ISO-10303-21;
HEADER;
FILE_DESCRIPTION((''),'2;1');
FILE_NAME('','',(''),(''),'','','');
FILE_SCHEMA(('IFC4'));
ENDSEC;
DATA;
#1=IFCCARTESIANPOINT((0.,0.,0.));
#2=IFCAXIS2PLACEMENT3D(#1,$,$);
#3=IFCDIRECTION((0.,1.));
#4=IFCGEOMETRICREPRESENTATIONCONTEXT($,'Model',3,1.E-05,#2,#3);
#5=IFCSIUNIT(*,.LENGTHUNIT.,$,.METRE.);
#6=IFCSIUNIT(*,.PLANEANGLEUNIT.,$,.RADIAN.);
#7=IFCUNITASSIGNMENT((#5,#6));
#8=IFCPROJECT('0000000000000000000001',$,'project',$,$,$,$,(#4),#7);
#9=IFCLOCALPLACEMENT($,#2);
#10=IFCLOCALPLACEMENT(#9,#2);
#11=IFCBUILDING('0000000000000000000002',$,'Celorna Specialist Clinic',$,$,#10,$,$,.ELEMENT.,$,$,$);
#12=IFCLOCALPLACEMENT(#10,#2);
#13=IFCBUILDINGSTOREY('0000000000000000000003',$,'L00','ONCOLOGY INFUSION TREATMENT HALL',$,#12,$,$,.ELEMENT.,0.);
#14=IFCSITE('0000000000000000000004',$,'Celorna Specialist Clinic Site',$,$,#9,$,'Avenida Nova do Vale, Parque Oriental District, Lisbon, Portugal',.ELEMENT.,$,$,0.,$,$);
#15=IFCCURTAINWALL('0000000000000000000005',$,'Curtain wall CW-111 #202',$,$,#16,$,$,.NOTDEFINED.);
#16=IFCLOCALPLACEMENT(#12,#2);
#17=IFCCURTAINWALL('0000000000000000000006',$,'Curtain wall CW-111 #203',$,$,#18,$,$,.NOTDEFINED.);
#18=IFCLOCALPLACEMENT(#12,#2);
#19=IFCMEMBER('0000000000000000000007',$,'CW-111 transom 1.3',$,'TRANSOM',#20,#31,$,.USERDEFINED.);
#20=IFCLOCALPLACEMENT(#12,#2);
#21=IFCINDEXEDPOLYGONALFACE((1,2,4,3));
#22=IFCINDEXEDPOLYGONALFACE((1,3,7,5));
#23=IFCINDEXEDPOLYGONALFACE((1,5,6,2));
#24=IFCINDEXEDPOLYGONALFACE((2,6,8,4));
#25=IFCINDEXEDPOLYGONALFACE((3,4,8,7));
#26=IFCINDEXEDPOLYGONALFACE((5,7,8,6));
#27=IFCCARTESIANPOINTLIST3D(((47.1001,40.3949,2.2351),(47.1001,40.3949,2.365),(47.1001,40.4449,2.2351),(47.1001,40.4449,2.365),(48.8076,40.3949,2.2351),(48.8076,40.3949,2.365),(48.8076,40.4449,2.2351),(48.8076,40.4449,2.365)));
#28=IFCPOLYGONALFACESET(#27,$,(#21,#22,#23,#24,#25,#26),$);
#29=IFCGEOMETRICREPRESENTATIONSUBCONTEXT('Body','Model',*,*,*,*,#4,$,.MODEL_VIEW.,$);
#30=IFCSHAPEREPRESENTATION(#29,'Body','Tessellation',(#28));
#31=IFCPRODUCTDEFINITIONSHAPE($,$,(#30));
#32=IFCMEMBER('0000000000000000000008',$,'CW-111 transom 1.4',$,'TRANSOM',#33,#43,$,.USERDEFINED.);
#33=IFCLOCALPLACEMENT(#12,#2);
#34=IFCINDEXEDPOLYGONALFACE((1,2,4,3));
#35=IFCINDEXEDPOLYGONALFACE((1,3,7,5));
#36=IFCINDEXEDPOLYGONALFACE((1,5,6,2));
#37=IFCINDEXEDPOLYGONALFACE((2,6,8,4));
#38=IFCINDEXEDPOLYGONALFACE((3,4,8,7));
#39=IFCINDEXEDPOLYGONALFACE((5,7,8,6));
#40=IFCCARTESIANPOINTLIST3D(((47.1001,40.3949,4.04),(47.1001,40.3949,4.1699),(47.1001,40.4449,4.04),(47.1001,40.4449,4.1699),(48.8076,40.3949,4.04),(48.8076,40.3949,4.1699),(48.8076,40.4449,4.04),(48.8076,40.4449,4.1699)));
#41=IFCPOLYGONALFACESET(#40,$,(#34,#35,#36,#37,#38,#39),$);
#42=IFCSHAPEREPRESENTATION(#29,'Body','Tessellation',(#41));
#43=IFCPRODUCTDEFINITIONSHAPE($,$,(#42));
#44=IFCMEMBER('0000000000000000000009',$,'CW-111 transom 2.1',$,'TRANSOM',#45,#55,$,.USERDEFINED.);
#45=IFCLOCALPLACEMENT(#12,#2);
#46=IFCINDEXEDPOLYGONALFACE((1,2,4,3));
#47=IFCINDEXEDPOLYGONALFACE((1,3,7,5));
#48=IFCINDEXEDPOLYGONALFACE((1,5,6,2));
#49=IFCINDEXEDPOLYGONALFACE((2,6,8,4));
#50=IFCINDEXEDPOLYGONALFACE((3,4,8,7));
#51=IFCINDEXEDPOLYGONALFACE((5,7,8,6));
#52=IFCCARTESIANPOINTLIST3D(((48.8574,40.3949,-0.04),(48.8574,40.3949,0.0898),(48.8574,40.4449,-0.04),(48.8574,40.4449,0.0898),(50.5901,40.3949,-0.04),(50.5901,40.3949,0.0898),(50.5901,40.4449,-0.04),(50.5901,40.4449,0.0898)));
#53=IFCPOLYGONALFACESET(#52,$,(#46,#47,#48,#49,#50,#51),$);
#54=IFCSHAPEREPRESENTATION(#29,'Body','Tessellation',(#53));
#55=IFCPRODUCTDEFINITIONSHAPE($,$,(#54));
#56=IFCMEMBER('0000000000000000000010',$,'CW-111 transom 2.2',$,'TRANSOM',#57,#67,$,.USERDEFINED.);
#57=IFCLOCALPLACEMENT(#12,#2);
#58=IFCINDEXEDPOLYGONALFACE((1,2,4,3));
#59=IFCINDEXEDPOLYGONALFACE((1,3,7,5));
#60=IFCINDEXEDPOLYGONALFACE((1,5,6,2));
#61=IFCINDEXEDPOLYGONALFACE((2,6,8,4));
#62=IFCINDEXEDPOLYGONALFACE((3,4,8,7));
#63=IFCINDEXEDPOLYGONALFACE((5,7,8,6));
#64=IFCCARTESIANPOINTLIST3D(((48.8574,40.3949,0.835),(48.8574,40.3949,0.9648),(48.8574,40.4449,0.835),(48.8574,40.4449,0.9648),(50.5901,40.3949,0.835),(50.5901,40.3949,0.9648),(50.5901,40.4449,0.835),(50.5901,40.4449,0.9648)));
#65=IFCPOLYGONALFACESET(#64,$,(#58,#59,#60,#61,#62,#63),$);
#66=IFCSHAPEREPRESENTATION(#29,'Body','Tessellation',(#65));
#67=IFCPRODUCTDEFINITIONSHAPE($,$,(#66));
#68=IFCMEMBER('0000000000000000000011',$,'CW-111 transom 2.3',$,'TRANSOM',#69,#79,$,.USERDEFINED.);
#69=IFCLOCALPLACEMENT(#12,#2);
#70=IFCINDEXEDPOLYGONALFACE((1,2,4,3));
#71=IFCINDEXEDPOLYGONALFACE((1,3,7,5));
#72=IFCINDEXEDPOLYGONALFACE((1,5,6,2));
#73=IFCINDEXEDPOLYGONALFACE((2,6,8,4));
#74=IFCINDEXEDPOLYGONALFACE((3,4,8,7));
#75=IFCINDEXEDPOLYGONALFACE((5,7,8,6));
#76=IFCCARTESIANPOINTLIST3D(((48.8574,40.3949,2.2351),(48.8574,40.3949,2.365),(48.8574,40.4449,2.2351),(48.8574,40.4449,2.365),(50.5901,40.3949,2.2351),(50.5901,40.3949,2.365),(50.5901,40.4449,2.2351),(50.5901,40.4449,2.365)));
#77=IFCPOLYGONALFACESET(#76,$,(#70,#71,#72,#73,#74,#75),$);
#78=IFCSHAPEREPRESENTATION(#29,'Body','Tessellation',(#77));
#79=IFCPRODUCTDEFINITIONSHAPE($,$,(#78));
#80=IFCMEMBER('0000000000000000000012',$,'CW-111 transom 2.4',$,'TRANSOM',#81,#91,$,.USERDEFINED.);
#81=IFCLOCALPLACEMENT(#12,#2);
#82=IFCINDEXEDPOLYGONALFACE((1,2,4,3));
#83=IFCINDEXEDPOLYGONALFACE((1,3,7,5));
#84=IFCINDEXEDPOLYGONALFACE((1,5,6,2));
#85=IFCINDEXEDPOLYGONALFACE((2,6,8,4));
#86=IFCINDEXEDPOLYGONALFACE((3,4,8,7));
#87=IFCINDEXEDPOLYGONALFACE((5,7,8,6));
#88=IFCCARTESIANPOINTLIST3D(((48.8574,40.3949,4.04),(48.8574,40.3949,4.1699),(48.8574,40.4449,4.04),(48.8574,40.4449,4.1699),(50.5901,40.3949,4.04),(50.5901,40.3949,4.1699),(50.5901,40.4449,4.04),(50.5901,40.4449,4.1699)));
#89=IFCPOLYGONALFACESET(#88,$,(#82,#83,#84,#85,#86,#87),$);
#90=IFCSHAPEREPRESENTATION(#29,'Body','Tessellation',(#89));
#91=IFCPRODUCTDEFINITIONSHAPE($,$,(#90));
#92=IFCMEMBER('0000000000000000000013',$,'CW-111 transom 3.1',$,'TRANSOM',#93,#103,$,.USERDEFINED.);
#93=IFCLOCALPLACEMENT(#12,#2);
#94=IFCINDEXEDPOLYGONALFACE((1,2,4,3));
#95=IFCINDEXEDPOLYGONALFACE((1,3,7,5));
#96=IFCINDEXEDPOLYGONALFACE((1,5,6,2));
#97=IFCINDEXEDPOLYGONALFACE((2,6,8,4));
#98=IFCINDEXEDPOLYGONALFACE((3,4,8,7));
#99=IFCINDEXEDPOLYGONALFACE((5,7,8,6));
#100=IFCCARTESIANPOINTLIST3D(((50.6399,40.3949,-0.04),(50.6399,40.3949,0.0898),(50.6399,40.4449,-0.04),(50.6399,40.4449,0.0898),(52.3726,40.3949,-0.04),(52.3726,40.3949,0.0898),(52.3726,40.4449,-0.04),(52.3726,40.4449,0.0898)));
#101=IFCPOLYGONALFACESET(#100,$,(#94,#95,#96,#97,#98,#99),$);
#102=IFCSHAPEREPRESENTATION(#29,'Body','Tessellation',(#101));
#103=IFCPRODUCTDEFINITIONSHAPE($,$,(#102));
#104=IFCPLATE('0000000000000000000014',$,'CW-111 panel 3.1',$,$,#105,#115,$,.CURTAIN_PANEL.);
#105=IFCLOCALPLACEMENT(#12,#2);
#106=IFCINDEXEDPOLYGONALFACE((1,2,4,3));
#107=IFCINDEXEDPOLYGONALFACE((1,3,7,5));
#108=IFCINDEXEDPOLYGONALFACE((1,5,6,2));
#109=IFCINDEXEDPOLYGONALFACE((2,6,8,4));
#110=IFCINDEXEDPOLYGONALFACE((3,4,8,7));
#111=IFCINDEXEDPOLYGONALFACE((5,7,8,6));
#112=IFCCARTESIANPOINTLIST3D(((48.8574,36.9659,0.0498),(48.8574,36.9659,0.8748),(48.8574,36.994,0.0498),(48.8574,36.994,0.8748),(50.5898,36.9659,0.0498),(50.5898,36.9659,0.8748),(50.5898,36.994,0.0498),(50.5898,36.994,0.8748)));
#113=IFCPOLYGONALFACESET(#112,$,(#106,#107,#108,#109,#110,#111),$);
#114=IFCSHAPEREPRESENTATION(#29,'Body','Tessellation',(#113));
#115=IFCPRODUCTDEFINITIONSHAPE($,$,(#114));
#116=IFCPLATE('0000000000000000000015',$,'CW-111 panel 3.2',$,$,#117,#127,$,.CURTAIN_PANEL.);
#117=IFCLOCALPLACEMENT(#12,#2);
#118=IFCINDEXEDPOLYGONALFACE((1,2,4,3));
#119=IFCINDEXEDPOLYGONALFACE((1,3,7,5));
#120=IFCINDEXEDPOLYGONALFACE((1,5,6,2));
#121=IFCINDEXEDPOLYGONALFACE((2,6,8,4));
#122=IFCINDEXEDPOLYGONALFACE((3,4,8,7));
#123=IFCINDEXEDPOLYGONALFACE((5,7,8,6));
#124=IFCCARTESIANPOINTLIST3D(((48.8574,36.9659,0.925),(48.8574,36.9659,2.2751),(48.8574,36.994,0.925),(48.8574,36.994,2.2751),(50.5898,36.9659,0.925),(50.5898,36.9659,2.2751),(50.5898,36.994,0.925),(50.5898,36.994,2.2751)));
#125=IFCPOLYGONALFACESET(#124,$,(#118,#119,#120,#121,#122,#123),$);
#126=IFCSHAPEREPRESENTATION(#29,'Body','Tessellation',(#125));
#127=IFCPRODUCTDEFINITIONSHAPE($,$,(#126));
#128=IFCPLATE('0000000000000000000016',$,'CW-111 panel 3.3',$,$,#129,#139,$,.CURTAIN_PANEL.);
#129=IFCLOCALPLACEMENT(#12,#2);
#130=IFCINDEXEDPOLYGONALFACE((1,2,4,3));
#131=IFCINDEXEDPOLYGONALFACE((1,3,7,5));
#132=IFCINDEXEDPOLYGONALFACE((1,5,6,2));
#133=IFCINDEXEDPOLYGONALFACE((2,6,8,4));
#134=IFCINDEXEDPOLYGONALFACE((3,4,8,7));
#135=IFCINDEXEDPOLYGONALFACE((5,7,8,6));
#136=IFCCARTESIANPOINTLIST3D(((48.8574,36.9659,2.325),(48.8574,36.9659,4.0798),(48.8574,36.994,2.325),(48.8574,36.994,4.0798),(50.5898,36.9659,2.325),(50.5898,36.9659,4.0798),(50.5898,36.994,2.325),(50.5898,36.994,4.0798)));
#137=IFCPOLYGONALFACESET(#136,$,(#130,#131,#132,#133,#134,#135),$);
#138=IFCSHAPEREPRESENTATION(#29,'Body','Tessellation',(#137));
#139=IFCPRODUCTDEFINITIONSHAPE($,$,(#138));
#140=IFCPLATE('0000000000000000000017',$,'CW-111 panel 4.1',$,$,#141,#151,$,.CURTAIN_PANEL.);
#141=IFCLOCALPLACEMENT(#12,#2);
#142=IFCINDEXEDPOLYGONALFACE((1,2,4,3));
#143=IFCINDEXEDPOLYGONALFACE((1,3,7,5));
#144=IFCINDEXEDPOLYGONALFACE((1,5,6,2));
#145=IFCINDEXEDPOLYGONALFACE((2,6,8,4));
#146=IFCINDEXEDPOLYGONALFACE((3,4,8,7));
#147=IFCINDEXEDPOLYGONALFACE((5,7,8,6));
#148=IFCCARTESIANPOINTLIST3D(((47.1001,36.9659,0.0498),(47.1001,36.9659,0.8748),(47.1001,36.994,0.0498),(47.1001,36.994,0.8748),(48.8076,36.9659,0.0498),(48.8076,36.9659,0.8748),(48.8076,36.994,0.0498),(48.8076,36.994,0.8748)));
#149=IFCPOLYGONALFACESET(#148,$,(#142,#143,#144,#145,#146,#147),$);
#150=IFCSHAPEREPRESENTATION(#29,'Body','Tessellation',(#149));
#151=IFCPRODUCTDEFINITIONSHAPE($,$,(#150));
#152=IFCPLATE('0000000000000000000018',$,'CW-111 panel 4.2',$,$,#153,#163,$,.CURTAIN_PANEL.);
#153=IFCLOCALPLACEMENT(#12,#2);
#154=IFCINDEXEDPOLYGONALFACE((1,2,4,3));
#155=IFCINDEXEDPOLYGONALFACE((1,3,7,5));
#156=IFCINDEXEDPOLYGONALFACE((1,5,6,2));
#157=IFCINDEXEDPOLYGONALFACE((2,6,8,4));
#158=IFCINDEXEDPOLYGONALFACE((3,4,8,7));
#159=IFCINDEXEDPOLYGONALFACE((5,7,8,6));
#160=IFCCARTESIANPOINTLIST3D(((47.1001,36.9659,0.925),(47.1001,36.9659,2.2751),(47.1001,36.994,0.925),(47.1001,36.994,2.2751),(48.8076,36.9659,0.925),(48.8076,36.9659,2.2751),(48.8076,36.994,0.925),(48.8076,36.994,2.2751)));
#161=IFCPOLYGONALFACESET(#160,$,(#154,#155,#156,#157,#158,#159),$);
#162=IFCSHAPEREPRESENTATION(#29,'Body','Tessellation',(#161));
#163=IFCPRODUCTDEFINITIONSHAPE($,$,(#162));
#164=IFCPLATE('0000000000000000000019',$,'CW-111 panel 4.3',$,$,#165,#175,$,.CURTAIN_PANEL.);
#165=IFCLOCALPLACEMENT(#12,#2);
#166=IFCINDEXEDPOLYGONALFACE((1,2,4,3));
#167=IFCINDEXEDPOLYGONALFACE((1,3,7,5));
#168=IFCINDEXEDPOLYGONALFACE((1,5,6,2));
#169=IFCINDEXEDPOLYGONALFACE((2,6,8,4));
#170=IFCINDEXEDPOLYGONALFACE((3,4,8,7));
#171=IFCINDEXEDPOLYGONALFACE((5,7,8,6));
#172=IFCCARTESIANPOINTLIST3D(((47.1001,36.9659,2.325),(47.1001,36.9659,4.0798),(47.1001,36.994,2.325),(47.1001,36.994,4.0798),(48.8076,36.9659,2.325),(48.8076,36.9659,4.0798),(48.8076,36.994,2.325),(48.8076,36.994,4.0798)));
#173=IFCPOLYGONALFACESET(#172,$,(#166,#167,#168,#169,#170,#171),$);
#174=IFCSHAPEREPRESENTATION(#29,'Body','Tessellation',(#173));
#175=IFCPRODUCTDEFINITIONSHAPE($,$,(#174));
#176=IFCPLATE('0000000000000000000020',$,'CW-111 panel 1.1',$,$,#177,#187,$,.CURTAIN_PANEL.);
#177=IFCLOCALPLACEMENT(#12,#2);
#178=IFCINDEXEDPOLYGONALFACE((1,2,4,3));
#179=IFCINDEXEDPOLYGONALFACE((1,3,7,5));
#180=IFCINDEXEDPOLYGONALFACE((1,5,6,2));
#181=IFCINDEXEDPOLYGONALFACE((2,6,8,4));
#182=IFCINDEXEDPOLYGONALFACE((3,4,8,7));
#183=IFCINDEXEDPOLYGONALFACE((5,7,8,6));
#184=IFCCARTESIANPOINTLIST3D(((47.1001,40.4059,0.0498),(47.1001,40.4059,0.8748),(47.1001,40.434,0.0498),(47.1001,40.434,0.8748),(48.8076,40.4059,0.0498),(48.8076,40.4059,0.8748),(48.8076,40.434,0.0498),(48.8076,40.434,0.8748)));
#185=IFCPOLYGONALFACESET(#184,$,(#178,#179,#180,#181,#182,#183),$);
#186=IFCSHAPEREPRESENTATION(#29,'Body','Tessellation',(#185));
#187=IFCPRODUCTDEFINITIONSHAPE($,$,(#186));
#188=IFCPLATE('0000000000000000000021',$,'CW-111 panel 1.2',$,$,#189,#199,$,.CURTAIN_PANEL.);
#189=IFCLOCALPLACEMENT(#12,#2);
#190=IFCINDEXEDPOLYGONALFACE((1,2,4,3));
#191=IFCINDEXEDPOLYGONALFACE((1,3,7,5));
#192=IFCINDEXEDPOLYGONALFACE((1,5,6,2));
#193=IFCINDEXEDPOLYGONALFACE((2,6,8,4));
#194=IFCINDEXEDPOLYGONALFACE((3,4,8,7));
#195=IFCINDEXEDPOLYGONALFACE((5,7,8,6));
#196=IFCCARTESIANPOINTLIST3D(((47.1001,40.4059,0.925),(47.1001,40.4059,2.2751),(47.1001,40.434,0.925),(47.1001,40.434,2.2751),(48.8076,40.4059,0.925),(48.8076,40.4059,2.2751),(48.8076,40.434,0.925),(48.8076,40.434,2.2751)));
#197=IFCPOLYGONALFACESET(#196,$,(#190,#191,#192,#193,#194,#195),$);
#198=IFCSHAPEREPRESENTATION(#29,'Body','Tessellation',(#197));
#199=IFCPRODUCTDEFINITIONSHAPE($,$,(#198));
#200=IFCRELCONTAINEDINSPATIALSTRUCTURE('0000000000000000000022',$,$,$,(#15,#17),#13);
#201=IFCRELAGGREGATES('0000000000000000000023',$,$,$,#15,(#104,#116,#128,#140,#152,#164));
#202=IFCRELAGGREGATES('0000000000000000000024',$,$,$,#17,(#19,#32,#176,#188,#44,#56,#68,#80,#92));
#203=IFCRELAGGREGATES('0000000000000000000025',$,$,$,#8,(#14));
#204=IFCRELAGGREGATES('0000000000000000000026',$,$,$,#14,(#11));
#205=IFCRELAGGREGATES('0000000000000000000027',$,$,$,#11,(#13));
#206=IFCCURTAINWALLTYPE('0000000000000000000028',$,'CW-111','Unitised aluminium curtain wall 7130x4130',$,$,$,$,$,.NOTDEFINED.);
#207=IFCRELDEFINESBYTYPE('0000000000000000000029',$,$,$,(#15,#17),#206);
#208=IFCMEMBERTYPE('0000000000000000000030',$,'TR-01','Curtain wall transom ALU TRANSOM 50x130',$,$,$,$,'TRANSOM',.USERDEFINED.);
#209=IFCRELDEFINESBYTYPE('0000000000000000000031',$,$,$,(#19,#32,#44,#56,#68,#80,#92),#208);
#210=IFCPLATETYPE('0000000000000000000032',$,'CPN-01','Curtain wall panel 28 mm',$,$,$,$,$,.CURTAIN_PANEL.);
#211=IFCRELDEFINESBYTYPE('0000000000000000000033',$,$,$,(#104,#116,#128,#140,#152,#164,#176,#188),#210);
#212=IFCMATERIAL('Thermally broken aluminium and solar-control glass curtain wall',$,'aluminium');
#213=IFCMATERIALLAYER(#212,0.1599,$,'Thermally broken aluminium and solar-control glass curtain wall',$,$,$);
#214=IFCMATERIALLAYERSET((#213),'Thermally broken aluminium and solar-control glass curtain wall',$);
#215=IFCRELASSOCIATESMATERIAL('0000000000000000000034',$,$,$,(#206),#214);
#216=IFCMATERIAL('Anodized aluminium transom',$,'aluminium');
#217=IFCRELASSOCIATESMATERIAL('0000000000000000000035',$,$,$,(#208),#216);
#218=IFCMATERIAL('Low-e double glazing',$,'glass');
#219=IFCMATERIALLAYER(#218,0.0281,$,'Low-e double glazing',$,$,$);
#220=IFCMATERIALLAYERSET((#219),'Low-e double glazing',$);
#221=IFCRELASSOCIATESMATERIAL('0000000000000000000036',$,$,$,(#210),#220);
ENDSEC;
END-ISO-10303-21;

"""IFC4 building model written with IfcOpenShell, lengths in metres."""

from ifc_helpers import new_model, si_unit, direction, frame, origin, origin_2d, place, context, subcontext, project, spatial, rectangle, extrude, material, layer, layer_set, material_profile, profile_set, type_object, element, aggregate, save


model = new_model("IFC4")

# Units and contexts
model_context = context("Model", 3, precision=1e-05, world=origin(), true_north=direction((0.0, 1.0)))
body_context = subcontext(model_context, "Body", "Model", "MODEL_VIEW")
ifc_project = project(units=[si_unit("LENGTHUNIT", "METRE"), si_unit("PLANEANGLEUNIT", "RADIAN")], contexts=[model_context])

# Site, building, storey
site_placement = place(None, origin())
site = spatial("IfcSite", under=ifc_project, at=site_placement, Name="Celorna Specialist Clinic Site", LongName="Avenida Nova do Vale, Parque Oriental District, Lisbon, Portugal", CompositionType="ELEMENT", RefElevation=0.0)
building_placement = place(site_placement, origin())
building = spatial("IfcBuilding", under=site, at=building_placement, Name="Celorna Specialist Clinic", CompositionType="ELEMENT")
storey_placement = place(building_placement, origin())
storey = spatial("IfcBuildingStorey", under=building, at=storey_placement, Name="L00", Description="ONCOLOGY INFUSION TREATMENT HALL", CompositionType="ELEMENT", Elevation=0.0)

# Curtain walls
ifc_material_1 = material(Name="Thermally broken aluminium and solar-control glass curtain wall", Category="aluminium")
ifc_layer_1 = layer(ifc_material_1, 0.1599, Name="Thermally broken aluminium and solar-control glass curtain wall")
ifc_layer_set_1 = layer_set([ifc_layer_1], Name="Thermally broken aluminium and solar-control glass curtain wall")
curtain_wall_type = type_object("IfcCurtainWallType", Name="CW-111", Description="Unitised aluminium curtain wall 7130x4130", PredefinedType="NOTDEFINED", material=ifc_layer_set_1)
curtain_wall_1_placement = place(storey_placement, origin())
curtain_wall_1 = element("IfcCurtainWall", 1, at=curtain_wall_1_placement, inside=storey, type_object=curtain_wall_type, Name="Curtain wall CW-111 #202", PredefinedType="NOTDEFINED")
curtain_wall_2_placement = place(storey_placement, origin())
curtain_wall_2 = element("IfcCurtainWall", 2, at=curtain_wall_2_placement, inside=storey, type_object=curtain_wall_type, Name="Curtain wall CW-111 #203", PredefinedType="NOTDEFINED")

# Members
ifc_material_2 = material(Name="Anodized aluminium transom", Category="aluminium")
ifc_material_profile_1 = material_profile(ifc_material_2, rectangle(XDim=0.05, YDim=0.1299, at=origin_2d()), Name="ALU TRANSOM 50x130")
ifc_profile_set_1 = profile_set([ifc_material_profile_1], Name="Anodized aluminium transom")
member_type_1 = type_object("IfcMemberType", Name="TR-01", Description="Curtain wall transom ALU TRANSOM 50x130", ElementType="TRANSOM", PredefinedType="USERDEFINED", material=ifc_profile_set_1)
member_1_placement = place(storey_placement, frame((47.1001, 40.4199, 2.3), z_axis=(1.0, 0.0, 0.0), x_axis=(0.0, 1.0, 0.0)))
member_1 = element("IfcMember", 3, at=member_1_placement, type_object=member_type_1, Name="CW-111 transom 1.3", ObjectType="TRANSOM", PredefinedType="USERDEFINED", context=body_context, shape_type="SweptSolid", body=[
    extrude(rectangle(XDim=0.05, YDim=0.1299, at=origin_2d()), origin(), (0.0, 0.0, 1.0), 1.7075),
])
member_2_placement = place(storey_placement, frame((47.1001, 40.4199, 4.105), z_axis=(1.0, 0.0, 0.0), x_axis=(0.0, 1.0, 0.0)))
member_2 = element("IfcMember", 4, at=member_2_placement, type_object=member_type_1, Name="CW-111 transom 1.4", ObjectType="TRANSOM", PredefinedType="USERDEFINED", context=body_context, shape_type="SweptSolid", body=[
    extrude(rectangle(XDim=0.05, YDim=0.1299, at=origin_2d()), origin(), (0.0, 0.0, 1.0), 1.7075),
])
member_3_placement = place(storey_placement, frame((48.8574, 40.4199, 0.0249), z_axis=(1.0, 0.0, 0.0), x_axis=(0.0, 1.0, 0.0)))
member_3 = element("IfcMember", 5, at=member_3_placement, type_object=member_type_1, Name="CW-111 transom 2.1", ObjectType="TRANSOM", PredefinedType="USERDEFINED", context=body_context, shape_type="SweptSolid", body=[
    extrude(rectangle(XDim=0.05, YDim=0.1299, at=origin_2d()), origin(), (0.0, 0.0, 1.0), 1.7327),
])
member_4_placement = place(storey_placement, frame((48.8574, 40.4199, 0.8999), z_axis=(1.0, 0.0, 0.0), x_axis=(0.0, 1.0, 0.0)))
member_4 = element("IfcMember", 6, at=member_4_placement, type_object=member_type_1, Name="CW-111 transom 2.2", ObjectType="TRANSOM", PredefinedType="USERDEFINED", context=body_context, shape_type="SweptSolid", body=[
    extrude(rectangle(XDim=0.05, YDim=0.1299, at=origin_2d()), origin(), (0.0, 0.0, 1.0), 1.7327),
])
member_5_placement = place(storey_placement, frame((48.8574, 40.4199, 2.3), z_axis=(1.0, 0.0, 0.0), x_axis=(0.0, 1.0, 0.0)))
member_5 = element("IfcMember", 7, at=member_5_placement, type_object=member_type_1, Name="CW-111 transom 2.3", ObjectType="TRANSOM", PredefinedType="USERDEFINED", context=body_context, shape_type="SweptSolid", body=[
    extrude(rectangle(XDim=0.05, YDim=0.1299, at=origin_2d()), origin(), (0.0, 0.0, 1.0), 1.7327),
])
member_6_placement = place(storey_placement, frame((48.8574, 40.4199, 4.105), z_axis=(1.0, 0.0, 0.0), x_axis=(0.0, 1.0, 0.0)))
member_6 = element("IfcMember", 8, at=member_6_placement, type_object=member_type_1, Name="CW-111 transom 2.4", ObjectType="TRANSOM", PredefinedType="USERDEFINED", context=body_context, shape_type="SweptSolid", body=[
    extrude(rectangle(XDim=0.05, YDim=0.1299, at=origin_2d()), origin(), (0.0, 0.0, 1.0), 1.7327),
])
member_7_placement = place(storey_placement, frame((50.6399, 40.4199, 0.0249), z_axis=(1.0, 0.0, 0.0), x_axis=(0.0, 1.0, 0.0)))
member_7 = element("IfcMember", 9, at=member_7_placement, type_object=member_type_1, Name="CW-111 transom 3.1", ObjectType="TRANSOM", PredefinedType="USERDEFINED", context=body_context, shape_type="SweptSolid", body=[
    extrude(rectangle(XDim=0.05, YDim=0.1299, at=origin_2d()), origin(), (0.0, 0.0, 1.0), 1.7327),
])

# Plates
ifc_material_3 = material(Name="Low-e double glazing", Category="glass")
ifc_layer_2 = layer(ifc_material_3, 0.0281, Name="Low-e double glazing")
ifc_layer_set_2 = layer_set([ifc_layer_2], Name="Low-e double glazing")
plate_type = type_object("IfcPlateType", Name="CPN-01", Description="Curtain wall panel 28 mm", PredefinedType="CURTAIN_PANEL", material=ifc_layer_set_2)
plate_1_placement = place(storey_placement, frame((49.7236, 36.98, 0.0498), z_axis=(0.0, 0.0, 1.0), x_axis=(-1.0, 0.0, 0.0)))
plate_1 = element("IfcPlate", 10, at=plate_1_placement, type_object=plate_type, Name="CW-111 panel 3.1", PredefinedType="CURTAIN_PANEL", context=body_context, shape_type="SweptSolid", body=[
    extrude(rectangle(XDim=1.7324, YDim=0.0281, at=origin_2d()), origin(), (0.0, 0.0, 1.0), 0.825),
])
plate_2_placement = place(storey_placement, frame((49.7236, 36.98, 0.925), z_axis=(0.0, 0.0, 1.0), x_axis=(-1.0, 0.0, 0.0)))
plate_2 = element("IfcPlate", 11, at=plate_2_placement, type_object=plate_type, Name="CW-111 panel 3.2", PredefinedType="CURTAIN_PANEL", context=body_context, shape_type="SweptSolid", body=[
    extrude(rectangle(XDim=1.7324, YDim=0.0281, at=origin_2d()), origin(), (0.0, 0.0, 1.0), 1.3501),
])
plate_3_placement = place(storey_placement, frame((49.7236, 36.98, 2.325), z_axis=(0.0, 0.0, 1.0), x_axis=(-1.0, 0.0, 0.0)))
plate_3 = element("IfcPlate", 12, at=plate_3_placement, type_object=plate_type, Name="CW-111 panel 3.3", PredefinedType="CURTAIN_PANEL", context=body_context, shape_type="SweptSolid", body=[
    extrude(rectangle(XDim=1.7324, YDim=0.0281, at=origin_2d()), origin(), (0.0, 0.0, 1.0), 1.7549),
])
plate_4_placement = place(storey_placement, frame((47.9539, 36.98, 0.0498), z_axis=(0.0, 0.0, 1.0), x_axis=(-1.0, 0.0, 0.0)))
plate_4 = element("IfcPlate", 13, at=plate_4_placement, type_object=plate_type, Name="CW-111 panel 4.1", PredefinedType="CURTAIN_PANEL", context=body_context, shape_type="SweptSolid", body=[
    extrude(rectangle(XDim=1.7075, YDim=0.0281, at=origin_2d()), origin(), (0.0, 0.0, 1.0), 0.825),
])
plate_5_placement = place(storey_placement, frame((47.9539, 36.98, 0.925), z_axis=(0.0, 0.0, 1.0), x_axis=(-1.0, 0.0, 0.0)))
plate_5 = element("IfcPlate", 14, at=plate_5_placement, type_object=plate_type, Name="CW-111 panel 4.2", PredefinedType="CURTAIN_PANEL", context=body_context, shape_type="SweptSolid", body=[
    extrude(rectangle(XDim=1.7075, YDim=0.0281, at=origin_2d()), origin(), (0.0, 0.0, 1.0), 1.3501),
])
plate_6_placement = place(storey_placement, frame((47.9539, 36.98, 2.325), z_axis=(0.0, 0.0, 1.0), x_axis=(-1.0, 0.0, 0.0)))
plate_6 = element("IfcPlate", 15, at=plate_6_placement, type_object=plate_type, Name="CW-111 panel 4.3", PredefinedType="CURTAIN_PANEL", context=body_context, shape_type="SweptSolid", body=[
    extrude(rectangle(XDim=1.7075, YDim=0.0281, at=origin_2d()), origin(), (0.0, 0.0, 1.0), 1.7549),
])
aggregate(curtain_wall_1, [plate_1, plate_2, plate_3, plate_4, plate_5, plate_6])
plate_7_placement = place(storey_placement, frame((47.9539, 40.4199, 0.0498), z_axis=(0.0, 0.0, 1.0), x_axis=(1.0, 0.0, 0.0)))
plate_7 = element("IfcPlate", 16, at=plate_7_placement, type_object=plate_type, Name="CW-111 panel 1.1", PredefinedType="CURTAIN_PANEL", context=body_context, shape_type="SweptSolid", body=[
    extrude(rectangle(XDim=1.7075, YDim=0.0281, at=origin_2d()), origin(), (0.0, 0.0, 1.0), 0.825),
])
plate_8_placement = place(storey_placement, frame((47.9539, 40.4199, 0.925), z_axis=(0.0, 0.0, 1.0), x_axis=(1.0, 0.0, 0.0)))
plate_8 = element("IfcPlate", 17, at=plate_8_placement, type_object=plate_type, Name="CW-111 panel 1.2", PredefinedType="CURTAIN_PANEL", context=body_context, shape_type="SweptSolid", body=[
    extrude(rectangle(XDim=1.7075, YDim=0.0281, at=origin_2d()), origin(), (0.0, 0.0, 1.0), 1.3501),
])
aggregate(curtain_wall_2, [member_1, member_2, plate_7, plate_8, member_3, member_4, member_5, member_6, member_7])

save(model, "model.ifc")
